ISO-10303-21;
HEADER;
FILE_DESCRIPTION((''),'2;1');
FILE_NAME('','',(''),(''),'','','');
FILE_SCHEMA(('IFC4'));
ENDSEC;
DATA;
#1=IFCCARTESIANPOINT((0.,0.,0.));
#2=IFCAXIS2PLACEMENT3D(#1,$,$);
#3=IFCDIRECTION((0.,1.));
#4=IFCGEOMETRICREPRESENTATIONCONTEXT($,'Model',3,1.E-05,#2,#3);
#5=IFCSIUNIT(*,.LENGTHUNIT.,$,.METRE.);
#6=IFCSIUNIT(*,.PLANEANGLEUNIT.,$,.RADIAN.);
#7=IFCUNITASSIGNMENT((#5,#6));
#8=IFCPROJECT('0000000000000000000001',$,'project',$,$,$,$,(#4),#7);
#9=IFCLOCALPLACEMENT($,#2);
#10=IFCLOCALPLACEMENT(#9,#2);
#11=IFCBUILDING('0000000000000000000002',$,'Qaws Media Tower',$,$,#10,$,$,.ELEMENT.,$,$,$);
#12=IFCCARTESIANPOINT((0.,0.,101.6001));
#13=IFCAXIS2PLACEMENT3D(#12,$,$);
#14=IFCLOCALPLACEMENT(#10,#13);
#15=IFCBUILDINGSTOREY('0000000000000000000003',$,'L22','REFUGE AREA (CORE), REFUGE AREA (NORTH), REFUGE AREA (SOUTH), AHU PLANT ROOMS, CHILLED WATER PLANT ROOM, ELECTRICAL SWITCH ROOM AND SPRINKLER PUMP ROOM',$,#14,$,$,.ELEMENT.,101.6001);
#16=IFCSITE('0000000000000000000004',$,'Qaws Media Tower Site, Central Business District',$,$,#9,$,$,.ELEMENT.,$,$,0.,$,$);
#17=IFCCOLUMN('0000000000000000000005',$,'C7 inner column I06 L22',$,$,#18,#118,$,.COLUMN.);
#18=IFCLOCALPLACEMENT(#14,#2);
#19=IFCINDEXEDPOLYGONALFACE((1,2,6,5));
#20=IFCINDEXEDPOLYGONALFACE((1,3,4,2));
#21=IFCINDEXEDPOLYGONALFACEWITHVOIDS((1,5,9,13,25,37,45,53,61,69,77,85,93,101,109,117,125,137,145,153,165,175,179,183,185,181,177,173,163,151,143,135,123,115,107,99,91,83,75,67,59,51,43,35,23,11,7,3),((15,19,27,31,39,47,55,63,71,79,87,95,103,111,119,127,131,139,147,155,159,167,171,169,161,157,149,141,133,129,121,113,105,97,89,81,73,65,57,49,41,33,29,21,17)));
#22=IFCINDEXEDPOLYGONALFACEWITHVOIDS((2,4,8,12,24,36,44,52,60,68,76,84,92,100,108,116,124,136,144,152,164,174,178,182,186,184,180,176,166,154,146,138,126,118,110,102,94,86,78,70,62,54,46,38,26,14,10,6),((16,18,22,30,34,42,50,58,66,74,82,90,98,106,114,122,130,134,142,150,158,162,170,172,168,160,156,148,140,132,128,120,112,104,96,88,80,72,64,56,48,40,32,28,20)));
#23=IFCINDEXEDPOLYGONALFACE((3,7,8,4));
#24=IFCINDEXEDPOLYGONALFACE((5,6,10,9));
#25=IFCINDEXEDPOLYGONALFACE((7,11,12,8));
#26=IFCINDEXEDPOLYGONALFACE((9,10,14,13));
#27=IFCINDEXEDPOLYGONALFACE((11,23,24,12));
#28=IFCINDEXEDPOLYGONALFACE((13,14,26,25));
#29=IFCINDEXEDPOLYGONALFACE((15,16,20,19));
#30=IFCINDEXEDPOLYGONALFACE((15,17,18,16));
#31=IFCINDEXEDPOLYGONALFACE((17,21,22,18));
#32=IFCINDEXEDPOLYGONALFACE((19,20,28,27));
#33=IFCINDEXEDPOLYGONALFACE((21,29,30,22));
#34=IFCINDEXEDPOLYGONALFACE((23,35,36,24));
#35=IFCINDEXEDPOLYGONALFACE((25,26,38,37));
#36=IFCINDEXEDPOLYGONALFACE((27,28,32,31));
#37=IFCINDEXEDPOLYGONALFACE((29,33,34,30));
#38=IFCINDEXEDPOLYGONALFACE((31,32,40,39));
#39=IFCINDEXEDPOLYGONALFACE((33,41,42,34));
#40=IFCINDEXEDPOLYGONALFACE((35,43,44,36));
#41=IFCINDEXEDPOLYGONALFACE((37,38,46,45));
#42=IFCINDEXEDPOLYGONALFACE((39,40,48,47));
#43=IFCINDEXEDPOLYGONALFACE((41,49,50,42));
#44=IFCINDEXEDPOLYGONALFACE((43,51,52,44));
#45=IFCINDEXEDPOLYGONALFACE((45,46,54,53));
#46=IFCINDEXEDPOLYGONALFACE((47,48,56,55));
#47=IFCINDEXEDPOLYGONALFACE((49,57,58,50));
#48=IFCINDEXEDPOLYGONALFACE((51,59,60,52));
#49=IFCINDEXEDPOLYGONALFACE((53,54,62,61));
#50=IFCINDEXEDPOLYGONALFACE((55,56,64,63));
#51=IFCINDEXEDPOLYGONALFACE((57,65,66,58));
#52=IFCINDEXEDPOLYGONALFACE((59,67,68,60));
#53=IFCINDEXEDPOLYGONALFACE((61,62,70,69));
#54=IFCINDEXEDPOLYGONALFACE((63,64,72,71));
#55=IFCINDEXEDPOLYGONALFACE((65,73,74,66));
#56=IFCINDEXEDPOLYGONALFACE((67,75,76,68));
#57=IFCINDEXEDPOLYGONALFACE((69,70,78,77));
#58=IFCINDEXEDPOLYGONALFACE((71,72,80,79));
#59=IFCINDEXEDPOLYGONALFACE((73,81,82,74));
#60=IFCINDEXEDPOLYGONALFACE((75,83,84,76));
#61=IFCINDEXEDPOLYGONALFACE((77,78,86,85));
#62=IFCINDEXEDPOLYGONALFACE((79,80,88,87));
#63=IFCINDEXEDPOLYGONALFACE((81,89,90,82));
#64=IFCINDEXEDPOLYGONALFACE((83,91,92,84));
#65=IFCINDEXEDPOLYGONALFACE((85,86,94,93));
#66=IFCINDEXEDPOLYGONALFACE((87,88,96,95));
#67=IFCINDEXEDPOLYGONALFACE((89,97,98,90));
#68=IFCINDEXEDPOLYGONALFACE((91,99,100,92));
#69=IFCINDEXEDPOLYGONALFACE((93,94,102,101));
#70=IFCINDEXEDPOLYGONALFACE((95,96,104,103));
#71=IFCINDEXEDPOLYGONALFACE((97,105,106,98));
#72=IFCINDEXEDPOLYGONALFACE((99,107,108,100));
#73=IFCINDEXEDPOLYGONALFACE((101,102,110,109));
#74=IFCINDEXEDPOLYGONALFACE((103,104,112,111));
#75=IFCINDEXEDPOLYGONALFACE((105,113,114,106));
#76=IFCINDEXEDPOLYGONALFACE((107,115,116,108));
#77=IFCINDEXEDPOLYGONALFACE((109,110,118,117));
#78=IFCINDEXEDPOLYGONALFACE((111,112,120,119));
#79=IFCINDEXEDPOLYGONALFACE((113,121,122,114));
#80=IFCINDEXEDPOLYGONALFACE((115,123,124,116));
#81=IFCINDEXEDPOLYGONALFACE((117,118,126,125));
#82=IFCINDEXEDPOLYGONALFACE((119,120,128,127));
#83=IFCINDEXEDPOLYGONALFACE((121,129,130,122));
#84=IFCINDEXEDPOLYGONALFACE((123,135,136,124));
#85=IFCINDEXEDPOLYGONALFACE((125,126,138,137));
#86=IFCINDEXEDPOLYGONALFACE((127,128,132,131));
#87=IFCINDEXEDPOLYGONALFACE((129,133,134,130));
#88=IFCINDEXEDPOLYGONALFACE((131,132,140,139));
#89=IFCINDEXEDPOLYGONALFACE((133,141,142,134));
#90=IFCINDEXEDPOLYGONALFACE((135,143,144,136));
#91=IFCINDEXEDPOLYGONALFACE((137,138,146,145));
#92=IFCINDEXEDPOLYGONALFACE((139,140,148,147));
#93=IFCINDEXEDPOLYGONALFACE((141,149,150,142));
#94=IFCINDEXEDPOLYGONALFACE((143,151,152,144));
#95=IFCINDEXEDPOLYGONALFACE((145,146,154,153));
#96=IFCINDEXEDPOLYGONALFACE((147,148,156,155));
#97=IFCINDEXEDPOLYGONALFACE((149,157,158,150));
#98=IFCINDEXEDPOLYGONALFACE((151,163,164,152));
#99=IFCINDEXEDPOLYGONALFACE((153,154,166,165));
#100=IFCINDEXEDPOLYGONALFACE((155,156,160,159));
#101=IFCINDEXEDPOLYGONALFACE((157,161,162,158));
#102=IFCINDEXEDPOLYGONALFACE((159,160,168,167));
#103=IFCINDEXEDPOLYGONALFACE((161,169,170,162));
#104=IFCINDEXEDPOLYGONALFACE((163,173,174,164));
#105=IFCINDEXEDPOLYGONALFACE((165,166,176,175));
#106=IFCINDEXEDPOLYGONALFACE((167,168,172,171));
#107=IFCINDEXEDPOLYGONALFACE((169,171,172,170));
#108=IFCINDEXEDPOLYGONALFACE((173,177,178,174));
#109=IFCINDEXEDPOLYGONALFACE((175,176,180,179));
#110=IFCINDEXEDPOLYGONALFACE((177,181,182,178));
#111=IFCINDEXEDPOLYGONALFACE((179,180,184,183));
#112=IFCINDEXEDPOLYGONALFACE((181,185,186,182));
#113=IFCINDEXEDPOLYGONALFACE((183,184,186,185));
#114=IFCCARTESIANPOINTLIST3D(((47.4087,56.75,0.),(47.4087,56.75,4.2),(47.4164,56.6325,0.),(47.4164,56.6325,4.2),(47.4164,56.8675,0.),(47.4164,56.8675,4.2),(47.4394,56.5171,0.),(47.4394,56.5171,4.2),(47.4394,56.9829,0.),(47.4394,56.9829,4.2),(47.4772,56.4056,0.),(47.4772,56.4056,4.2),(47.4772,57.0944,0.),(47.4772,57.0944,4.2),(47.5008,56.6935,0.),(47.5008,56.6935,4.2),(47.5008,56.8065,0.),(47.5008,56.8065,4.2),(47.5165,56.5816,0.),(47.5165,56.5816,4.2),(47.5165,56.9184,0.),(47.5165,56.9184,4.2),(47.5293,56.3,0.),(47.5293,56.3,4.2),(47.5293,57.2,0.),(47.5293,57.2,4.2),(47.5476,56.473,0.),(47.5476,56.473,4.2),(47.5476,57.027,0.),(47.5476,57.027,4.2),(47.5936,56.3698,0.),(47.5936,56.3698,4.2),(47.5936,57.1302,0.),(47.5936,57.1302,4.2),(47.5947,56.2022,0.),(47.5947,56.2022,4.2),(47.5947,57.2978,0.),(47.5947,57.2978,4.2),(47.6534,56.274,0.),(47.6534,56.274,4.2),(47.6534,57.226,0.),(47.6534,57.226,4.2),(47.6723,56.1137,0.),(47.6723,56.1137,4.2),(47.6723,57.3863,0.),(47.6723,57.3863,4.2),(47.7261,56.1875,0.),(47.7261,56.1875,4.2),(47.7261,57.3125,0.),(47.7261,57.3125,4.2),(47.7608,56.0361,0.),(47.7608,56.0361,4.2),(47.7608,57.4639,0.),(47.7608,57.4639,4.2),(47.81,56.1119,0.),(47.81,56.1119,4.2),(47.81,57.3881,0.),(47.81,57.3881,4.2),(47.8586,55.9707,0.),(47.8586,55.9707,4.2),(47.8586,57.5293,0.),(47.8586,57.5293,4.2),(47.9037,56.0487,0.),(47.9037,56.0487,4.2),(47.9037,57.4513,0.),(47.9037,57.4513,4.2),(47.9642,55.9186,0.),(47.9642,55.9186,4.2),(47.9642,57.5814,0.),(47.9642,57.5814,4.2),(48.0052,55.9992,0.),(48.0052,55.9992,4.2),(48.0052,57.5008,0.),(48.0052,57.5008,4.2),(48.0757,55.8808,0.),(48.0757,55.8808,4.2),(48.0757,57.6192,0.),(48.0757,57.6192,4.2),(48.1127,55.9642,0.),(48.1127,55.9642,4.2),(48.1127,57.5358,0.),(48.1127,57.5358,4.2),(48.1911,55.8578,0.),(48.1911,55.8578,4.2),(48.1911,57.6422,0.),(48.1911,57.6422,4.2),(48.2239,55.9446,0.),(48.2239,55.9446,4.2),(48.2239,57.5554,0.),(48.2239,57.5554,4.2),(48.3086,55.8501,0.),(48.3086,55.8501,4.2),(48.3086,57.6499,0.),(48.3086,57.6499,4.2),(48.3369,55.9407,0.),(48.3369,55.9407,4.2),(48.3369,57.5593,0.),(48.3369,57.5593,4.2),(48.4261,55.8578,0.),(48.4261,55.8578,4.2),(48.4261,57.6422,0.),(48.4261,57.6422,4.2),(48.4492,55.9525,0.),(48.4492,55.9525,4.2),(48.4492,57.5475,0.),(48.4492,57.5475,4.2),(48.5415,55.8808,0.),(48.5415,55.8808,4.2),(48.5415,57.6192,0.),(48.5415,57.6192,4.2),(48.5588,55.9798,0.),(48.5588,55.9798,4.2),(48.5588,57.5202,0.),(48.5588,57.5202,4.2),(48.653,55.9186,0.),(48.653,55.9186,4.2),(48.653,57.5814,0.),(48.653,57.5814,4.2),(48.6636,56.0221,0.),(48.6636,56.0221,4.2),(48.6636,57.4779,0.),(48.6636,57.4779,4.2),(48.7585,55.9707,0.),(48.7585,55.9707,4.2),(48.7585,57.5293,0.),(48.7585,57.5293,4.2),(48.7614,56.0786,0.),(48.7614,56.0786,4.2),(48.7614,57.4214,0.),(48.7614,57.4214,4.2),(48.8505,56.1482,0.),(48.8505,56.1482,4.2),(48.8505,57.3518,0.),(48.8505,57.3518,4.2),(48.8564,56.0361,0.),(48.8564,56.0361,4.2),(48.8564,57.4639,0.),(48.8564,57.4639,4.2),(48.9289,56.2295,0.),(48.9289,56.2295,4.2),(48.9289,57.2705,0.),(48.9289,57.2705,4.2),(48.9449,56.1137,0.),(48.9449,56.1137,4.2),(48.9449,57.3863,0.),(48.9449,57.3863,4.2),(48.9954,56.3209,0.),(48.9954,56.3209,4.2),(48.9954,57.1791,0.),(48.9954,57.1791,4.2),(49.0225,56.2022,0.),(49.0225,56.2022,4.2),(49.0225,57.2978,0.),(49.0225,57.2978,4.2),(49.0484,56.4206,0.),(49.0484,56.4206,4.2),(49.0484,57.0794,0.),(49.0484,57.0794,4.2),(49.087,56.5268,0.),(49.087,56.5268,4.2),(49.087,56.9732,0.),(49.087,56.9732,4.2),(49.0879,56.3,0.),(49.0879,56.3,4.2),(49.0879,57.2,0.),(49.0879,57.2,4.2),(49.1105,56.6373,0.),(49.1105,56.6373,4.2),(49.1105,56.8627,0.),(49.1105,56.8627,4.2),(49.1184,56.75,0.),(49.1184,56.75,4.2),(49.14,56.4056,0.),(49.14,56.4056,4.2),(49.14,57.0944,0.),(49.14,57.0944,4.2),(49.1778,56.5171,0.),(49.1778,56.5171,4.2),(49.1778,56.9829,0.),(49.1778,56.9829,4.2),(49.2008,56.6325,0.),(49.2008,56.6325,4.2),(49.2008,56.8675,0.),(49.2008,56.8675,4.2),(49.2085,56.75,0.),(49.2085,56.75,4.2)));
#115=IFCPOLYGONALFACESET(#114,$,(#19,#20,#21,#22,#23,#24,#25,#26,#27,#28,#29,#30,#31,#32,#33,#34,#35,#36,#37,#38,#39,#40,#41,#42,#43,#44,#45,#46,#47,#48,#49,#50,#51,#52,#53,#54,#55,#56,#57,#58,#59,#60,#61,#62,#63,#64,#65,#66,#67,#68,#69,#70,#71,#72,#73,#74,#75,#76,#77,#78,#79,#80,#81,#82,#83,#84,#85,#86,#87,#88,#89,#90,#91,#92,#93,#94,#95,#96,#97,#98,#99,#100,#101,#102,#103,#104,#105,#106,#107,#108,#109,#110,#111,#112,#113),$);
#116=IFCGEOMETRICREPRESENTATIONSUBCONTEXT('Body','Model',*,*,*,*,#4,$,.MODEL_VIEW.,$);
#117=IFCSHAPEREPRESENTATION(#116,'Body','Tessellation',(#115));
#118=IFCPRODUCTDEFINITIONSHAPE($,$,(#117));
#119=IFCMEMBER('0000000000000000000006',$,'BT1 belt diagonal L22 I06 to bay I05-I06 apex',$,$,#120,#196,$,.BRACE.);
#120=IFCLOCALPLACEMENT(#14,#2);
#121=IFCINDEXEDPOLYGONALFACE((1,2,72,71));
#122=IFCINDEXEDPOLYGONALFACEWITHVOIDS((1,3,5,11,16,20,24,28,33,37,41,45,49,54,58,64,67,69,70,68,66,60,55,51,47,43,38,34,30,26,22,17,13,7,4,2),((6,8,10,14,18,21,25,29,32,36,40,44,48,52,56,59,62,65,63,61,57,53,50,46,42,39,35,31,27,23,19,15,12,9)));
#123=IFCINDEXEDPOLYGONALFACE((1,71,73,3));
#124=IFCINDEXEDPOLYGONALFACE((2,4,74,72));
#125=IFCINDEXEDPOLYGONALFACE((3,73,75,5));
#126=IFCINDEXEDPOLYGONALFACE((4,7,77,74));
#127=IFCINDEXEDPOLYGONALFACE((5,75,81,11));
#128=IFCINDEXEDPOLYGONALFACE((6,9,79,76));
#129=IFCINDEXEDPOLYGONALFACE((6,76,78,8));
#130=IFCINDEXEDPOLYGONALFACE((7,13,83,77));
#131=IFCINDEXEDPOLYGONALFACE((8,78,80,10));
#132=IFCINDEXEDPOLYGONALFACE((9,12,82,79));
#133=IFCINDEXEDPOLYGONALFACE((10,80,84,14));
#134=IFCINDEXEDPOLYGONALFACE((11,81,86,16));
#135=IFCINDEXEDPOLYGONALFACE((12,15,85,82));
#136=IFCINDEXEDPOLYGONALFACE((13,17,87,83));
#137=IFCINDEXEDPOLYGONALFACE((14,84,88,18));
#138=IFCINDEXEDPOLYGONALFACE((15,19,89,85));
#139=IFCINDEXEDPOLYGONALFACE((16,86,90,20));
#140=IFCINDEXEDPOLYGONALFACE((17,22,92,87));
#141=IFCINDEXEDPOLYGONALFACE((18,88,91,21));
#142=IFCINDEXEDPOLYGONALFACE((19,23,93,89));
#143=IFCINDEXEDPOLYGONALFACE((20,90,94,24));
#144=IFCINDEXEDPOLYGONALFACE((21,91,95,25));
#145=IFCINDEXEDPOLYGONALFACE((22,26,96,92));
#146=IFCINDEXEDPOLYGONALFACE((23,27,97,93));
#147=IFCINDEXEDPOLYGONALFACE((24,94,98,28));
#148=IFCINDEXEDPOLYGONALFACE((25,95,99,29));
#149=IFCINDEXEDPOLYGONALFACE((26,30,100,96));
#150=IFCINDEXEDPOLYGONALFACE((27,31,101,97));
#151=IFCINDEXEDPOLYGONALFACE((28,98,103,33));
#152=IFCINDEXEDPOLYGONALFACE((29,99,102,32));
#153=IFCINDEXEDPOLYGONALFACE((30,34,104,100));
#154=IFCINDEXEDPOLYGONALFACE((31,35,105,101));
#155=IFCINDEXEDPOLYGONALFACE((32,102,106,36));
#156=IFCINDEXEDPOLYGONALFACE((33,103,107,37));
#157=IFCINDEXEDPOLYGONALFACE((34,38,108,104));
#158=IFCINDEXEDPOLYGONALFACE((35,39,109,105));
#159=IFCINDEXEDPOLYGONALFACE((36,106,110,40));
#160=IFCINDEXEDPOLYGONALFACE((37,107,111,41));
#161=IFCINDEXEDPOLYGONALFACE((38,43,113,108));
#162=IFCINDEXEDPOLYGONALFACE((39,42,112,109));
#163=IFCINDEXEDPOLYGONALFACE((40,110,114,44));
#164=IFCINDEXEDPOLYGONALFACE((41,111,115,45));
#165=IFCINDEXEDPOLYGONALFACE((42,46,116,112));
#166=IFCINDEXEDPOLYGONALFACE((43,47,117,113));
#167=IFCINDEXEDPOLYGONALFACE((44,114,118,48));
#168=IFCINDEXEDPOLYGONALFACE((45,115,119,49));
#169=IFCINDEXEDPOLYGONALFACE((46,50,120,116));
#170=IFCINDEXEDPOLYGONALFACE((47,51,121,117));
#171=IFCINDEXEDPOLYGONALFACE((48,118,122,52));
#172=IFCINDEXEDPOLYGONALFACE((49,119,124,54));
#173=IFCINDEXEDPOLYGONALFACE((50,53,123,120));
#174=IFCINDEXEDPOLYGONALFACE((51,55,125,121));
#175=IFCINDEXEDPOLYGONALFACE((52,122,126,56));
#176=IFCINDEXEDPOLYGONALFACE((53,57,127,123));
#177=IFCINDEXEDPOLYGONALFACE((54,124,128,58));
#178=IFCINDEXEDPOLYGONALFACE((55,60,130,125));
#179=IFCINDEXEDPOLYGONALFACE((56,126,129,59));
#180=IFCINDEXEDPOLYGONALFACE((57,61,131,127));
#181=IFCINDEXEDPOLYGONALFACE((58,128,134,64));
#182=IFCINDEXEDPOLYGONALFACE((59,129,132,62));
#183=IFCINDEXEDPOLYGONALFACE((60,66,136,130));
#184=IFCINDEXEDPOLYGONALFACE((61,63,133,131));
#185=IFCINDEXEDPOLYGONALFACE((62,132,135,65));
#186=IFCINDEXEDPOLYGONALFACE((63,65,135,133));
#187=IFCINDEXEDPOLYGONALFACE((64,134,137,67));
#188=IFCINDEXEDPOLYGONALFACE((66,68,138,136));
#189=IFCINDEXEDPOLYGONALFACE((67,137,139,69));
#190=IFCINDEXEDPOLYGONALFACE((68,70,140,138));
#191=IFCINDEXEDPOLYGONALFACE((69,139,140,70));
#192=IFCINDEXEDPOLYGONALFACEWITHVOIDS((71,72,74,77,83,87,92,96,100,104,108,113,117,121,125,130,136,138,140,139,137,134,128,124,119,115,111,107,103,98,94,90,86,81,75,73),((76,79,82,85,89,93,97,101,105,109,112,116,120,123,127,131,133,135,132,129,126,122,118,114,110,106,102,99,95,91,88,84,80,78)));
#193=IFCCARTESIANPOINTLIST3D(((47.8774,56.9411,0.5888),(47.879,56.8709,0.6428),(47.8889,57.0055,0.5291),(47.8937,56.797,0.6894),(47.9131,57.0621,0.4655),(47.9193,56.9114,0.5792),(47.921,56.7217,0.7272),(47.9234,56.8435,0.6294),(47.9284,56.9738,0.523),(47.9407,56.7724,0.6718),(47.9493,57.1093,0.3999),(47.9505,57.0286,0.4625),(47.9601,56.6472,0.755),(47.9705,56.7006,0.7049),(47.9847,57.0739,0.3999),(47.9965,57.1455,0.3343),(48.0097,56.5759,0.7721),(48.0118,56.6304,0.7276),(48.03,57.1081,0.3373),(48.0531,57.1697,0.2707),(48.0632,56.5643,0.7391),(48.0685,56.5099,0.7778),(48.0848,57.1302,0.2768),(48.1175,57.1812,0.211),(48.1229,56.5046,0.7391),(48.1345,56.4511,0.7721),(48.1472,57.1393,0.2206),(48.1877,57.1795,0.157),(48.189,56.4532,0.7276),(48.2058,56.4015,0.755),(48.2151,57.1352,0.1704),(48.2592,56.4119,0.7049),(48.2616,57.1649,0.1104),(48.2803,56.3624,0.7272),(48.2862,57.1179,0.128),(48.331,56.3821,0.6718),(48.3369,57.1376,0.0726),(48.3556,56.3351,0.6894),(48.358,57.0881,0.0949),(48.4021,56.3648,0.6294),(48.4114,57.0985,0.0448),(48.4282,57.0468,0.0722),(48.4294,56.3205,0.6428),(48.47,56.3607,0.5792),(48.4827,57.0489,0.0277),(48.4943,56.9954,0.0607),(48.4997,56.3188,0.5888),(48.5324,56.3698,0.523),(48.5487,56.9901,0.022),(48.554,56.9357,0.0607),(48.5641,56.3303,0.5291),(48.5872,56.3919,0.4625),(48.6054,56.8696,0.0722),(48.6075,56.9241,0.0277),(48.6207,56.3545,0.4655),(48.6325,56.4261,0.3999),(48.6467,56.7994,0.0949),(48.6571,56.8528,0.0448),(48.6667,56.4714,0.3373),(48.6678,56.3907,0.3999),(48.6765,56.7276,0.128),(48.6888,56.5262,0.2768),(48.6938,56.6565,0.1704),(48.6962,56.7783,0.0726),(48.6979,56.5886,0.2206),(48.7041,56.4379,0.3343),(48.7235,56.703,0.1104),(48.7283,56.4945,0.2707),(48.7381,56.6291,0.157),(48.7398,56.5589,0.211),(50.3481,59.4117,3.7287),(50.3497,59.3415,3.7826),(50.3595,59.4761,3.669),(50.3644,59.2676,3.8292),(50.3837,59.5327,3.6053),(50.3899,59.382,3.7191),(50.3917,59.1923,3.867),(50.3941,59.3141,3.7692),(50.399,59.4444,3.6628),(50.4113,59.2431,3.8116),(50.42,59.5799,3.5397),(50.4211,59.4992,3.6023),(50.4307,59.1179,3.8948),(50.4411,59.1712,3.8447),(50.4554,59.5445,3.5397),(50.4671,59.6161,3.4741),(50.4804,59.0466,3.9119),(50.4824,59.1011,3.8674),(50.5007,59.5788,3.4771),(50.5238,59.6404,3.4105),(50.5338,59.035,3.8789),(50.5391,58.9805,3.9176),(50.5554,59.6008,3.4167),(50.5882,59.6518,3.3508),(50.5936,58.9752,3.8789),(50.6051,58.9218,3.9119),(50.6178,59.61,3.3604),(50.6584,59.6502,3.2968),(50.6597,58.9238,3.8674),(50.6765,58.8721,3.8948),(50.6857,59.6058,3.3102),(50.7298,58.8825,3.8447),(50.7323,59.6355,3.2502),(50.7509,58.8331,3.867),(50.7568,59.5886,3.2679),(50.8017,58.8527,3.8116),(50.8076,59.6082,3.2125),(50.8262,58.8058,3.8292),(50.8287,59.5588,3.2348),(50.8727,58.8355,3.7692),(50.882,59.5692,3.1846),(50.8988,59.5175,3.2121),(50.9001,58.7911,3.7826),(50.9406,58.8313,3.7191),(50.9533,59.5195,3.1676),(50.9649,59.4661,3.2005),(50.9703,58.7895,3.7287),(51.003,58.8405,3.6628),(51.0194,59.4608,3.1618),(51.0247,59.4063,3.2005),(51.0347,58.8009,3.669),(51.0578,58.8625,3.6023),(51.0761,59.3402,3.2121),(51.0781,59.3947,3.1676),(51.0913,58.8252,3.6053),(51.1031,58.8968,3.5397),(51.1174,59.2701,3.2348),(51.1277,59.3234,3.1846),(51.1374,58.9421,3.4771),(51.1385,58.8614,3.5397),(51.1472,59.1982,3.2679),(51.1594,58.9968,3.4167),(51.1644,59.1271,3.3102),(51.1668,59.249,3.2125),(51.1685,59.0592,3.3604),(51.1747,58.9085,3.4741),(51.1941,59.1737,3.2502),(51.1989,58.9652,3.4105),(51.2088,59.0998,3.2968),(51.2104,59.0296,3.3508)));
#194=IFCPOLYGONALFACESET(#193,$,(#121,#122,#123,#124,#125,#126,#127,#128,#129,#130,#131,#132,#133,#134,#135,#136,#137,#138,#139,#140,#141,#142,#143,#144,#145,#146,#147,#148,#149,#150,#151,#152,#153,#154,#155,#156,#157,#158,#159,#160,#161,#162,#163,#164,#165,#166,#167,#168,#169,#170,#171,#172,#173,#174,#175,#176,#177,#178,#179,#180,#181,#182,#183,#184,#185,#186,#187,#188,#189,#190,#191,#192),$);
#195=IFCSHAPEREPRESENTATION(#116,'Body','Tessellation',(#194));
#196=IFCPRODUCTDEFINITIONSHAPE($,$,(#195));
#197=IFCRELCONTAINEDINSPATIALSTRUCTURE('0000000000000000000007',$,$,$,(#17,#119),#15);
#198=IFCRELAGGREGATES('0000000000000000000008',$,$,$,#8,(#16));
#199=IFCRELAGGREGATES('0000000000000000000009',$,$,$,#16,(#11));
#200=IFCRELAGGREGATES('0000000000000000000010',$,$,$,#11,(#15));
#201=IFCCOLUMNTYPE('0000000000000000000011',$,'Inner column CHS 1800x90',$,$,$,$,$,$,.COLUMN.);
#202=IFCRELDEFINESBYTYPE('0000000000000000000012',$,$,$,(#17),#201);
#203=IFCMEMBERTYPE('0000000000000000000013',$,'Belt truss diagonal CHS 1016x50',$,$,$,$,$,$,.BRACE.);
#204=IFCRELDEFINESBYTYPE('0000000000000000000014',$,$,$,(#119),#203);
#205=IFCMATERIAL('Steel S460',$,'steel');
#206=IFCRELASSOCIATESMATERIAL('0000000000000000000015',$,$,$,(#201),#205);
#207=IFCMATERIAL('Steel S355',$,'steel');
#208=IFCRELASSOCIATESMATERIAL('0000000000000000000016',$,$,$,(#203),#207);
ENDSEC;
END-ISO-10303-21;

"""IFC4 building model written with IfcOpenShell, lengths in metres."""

from ifc_helpers import new_model, si_unit, direction, frame, origin, origin_2d, place, context, subcontext, project, spatial, hollow_circle, extrude, material, material_profile, profile_set, type_object, element, save


model = new_model("IFC4")

# Units and contexts
model_context = context("Model", 3, precision=1e-05, world=origin(), true_north=direction((0.0, 1.0)))
body_context = subcontext(model_context, "Body", "Model", "MODEL_VIEW")
ifc_project = project(units=[si_unit("LENGTHUNIT", "METRE"), si_unit("PLANEANGLEUNIT", "RADIAN")], contexts=[model_context])

# Site, building, storey
site_placement = place(None, origin())
site = spatial("IfcSite", under=ifc_project, at=site_placement, Name="Qaws Media Tower Site, Central Business District", CompositionType="ELEMENT", RefElevation=0.0)
building_placement = place(site_placement, origin())
building = spatial("IfcBuilding", under=site, at=building_placement, Name="Qaws Media Tower", CompositionType="ELEMENT")
storey_placement = place(building_placement, frame((0.0, 0.0, 101.6001)))
storey = spatial("IfcBuildingStorey", under=building, at=storey_placement, Name="L22", Description="REFUGE AREA (CORE), REFUGE AREA (NORTH), REFUGE AREA (SOUTH), AHU PLANT ROOMS, CHILLED WATER PLANT ROOM, ELECTRICAL SWITCH ROOM AND SPRINKLER PUMP ROOM", CompositionType="ELEMENT", Elevation=101.6001)

# Column
ifc_material_1 = material(Name="Steel S460", Category="steel")
ifc_material_profile_1 = material_profile(ifc_material_1, hollow_circle(Radius=0.8999, WallThickness=0.0901, at=origin_2d()), Name="CHS 1800x90")
ifc_profile_set_1 = profile_set([ifc_material_profile_1], Name="Steel S460")
column_type = type_object("IfcColumnType", Name="Inner column CHS 1800x90", PredefinedType="COLUMN", material=ifc_profile_set_1)
column_placement = place(storey_placement, frame((48.3086, 56.75, 0.0), z_axis=(0.0, 0.0, 1.0), x_axis=(1.0, 0.0, 0.0)))
element("IfcColumn", 1, at=column_placement, inside=storey, type_object=column_type, Name="C7 inner column I06 L22", PredefinedType="COLUMN", context=body_context, shape_type="SweptSolid", body=[
    extrude(hollow_circle(Radius=0.8999, WallThickness=0.0901, at=origin_2d()), origin(), (0.0, 0.0, 1.0), 4.2),
])

# Member
ifc_material_2 = material(Name="Steel S355", Category="steel")
ifc_material_profile_2 = material_profile(ifc_material_2, hollow_circle(Radius=0.5081, WallThickness=0.05, at=origin_2d()), Name="CHS 1016x50")
ifc_profile_set_2 = profile_set([ifc_material_profile_2], Name="Steel S355")
member_type_1 = type_object("IfcMemberType", Name="Belt truss diagonal CHS 1016x50", PredefinedType="BRACE", material=ifc_profile_set_2)
for number, where, z_axis, x_axis, name in (
    (2, (48.3086, 56.75, 0.3999), (0.525947, 0.525947, 0.6684), (-0.707107, 0.707107, 0.0), "BT1 belt diagonal L22 I06 to bay I05-I06 apex"),
):
    element("IfcMember", number, at=place(storey_placement, frame(where, z_axis=z_axis, x_axis=x_axis)), inside=storey, type_object=member_type_1, Name=name, PredefinedType="BRACE", context=body_context, shape_type="SweptSolid", body=[
        extrude(hollow_circle(Radius=0.5081, WallThickness=0.05, at=origin_2d()), origin(), (0.0, 0.0, 1.0), 4.6975),
    ])

save(model, "model.ifc")
